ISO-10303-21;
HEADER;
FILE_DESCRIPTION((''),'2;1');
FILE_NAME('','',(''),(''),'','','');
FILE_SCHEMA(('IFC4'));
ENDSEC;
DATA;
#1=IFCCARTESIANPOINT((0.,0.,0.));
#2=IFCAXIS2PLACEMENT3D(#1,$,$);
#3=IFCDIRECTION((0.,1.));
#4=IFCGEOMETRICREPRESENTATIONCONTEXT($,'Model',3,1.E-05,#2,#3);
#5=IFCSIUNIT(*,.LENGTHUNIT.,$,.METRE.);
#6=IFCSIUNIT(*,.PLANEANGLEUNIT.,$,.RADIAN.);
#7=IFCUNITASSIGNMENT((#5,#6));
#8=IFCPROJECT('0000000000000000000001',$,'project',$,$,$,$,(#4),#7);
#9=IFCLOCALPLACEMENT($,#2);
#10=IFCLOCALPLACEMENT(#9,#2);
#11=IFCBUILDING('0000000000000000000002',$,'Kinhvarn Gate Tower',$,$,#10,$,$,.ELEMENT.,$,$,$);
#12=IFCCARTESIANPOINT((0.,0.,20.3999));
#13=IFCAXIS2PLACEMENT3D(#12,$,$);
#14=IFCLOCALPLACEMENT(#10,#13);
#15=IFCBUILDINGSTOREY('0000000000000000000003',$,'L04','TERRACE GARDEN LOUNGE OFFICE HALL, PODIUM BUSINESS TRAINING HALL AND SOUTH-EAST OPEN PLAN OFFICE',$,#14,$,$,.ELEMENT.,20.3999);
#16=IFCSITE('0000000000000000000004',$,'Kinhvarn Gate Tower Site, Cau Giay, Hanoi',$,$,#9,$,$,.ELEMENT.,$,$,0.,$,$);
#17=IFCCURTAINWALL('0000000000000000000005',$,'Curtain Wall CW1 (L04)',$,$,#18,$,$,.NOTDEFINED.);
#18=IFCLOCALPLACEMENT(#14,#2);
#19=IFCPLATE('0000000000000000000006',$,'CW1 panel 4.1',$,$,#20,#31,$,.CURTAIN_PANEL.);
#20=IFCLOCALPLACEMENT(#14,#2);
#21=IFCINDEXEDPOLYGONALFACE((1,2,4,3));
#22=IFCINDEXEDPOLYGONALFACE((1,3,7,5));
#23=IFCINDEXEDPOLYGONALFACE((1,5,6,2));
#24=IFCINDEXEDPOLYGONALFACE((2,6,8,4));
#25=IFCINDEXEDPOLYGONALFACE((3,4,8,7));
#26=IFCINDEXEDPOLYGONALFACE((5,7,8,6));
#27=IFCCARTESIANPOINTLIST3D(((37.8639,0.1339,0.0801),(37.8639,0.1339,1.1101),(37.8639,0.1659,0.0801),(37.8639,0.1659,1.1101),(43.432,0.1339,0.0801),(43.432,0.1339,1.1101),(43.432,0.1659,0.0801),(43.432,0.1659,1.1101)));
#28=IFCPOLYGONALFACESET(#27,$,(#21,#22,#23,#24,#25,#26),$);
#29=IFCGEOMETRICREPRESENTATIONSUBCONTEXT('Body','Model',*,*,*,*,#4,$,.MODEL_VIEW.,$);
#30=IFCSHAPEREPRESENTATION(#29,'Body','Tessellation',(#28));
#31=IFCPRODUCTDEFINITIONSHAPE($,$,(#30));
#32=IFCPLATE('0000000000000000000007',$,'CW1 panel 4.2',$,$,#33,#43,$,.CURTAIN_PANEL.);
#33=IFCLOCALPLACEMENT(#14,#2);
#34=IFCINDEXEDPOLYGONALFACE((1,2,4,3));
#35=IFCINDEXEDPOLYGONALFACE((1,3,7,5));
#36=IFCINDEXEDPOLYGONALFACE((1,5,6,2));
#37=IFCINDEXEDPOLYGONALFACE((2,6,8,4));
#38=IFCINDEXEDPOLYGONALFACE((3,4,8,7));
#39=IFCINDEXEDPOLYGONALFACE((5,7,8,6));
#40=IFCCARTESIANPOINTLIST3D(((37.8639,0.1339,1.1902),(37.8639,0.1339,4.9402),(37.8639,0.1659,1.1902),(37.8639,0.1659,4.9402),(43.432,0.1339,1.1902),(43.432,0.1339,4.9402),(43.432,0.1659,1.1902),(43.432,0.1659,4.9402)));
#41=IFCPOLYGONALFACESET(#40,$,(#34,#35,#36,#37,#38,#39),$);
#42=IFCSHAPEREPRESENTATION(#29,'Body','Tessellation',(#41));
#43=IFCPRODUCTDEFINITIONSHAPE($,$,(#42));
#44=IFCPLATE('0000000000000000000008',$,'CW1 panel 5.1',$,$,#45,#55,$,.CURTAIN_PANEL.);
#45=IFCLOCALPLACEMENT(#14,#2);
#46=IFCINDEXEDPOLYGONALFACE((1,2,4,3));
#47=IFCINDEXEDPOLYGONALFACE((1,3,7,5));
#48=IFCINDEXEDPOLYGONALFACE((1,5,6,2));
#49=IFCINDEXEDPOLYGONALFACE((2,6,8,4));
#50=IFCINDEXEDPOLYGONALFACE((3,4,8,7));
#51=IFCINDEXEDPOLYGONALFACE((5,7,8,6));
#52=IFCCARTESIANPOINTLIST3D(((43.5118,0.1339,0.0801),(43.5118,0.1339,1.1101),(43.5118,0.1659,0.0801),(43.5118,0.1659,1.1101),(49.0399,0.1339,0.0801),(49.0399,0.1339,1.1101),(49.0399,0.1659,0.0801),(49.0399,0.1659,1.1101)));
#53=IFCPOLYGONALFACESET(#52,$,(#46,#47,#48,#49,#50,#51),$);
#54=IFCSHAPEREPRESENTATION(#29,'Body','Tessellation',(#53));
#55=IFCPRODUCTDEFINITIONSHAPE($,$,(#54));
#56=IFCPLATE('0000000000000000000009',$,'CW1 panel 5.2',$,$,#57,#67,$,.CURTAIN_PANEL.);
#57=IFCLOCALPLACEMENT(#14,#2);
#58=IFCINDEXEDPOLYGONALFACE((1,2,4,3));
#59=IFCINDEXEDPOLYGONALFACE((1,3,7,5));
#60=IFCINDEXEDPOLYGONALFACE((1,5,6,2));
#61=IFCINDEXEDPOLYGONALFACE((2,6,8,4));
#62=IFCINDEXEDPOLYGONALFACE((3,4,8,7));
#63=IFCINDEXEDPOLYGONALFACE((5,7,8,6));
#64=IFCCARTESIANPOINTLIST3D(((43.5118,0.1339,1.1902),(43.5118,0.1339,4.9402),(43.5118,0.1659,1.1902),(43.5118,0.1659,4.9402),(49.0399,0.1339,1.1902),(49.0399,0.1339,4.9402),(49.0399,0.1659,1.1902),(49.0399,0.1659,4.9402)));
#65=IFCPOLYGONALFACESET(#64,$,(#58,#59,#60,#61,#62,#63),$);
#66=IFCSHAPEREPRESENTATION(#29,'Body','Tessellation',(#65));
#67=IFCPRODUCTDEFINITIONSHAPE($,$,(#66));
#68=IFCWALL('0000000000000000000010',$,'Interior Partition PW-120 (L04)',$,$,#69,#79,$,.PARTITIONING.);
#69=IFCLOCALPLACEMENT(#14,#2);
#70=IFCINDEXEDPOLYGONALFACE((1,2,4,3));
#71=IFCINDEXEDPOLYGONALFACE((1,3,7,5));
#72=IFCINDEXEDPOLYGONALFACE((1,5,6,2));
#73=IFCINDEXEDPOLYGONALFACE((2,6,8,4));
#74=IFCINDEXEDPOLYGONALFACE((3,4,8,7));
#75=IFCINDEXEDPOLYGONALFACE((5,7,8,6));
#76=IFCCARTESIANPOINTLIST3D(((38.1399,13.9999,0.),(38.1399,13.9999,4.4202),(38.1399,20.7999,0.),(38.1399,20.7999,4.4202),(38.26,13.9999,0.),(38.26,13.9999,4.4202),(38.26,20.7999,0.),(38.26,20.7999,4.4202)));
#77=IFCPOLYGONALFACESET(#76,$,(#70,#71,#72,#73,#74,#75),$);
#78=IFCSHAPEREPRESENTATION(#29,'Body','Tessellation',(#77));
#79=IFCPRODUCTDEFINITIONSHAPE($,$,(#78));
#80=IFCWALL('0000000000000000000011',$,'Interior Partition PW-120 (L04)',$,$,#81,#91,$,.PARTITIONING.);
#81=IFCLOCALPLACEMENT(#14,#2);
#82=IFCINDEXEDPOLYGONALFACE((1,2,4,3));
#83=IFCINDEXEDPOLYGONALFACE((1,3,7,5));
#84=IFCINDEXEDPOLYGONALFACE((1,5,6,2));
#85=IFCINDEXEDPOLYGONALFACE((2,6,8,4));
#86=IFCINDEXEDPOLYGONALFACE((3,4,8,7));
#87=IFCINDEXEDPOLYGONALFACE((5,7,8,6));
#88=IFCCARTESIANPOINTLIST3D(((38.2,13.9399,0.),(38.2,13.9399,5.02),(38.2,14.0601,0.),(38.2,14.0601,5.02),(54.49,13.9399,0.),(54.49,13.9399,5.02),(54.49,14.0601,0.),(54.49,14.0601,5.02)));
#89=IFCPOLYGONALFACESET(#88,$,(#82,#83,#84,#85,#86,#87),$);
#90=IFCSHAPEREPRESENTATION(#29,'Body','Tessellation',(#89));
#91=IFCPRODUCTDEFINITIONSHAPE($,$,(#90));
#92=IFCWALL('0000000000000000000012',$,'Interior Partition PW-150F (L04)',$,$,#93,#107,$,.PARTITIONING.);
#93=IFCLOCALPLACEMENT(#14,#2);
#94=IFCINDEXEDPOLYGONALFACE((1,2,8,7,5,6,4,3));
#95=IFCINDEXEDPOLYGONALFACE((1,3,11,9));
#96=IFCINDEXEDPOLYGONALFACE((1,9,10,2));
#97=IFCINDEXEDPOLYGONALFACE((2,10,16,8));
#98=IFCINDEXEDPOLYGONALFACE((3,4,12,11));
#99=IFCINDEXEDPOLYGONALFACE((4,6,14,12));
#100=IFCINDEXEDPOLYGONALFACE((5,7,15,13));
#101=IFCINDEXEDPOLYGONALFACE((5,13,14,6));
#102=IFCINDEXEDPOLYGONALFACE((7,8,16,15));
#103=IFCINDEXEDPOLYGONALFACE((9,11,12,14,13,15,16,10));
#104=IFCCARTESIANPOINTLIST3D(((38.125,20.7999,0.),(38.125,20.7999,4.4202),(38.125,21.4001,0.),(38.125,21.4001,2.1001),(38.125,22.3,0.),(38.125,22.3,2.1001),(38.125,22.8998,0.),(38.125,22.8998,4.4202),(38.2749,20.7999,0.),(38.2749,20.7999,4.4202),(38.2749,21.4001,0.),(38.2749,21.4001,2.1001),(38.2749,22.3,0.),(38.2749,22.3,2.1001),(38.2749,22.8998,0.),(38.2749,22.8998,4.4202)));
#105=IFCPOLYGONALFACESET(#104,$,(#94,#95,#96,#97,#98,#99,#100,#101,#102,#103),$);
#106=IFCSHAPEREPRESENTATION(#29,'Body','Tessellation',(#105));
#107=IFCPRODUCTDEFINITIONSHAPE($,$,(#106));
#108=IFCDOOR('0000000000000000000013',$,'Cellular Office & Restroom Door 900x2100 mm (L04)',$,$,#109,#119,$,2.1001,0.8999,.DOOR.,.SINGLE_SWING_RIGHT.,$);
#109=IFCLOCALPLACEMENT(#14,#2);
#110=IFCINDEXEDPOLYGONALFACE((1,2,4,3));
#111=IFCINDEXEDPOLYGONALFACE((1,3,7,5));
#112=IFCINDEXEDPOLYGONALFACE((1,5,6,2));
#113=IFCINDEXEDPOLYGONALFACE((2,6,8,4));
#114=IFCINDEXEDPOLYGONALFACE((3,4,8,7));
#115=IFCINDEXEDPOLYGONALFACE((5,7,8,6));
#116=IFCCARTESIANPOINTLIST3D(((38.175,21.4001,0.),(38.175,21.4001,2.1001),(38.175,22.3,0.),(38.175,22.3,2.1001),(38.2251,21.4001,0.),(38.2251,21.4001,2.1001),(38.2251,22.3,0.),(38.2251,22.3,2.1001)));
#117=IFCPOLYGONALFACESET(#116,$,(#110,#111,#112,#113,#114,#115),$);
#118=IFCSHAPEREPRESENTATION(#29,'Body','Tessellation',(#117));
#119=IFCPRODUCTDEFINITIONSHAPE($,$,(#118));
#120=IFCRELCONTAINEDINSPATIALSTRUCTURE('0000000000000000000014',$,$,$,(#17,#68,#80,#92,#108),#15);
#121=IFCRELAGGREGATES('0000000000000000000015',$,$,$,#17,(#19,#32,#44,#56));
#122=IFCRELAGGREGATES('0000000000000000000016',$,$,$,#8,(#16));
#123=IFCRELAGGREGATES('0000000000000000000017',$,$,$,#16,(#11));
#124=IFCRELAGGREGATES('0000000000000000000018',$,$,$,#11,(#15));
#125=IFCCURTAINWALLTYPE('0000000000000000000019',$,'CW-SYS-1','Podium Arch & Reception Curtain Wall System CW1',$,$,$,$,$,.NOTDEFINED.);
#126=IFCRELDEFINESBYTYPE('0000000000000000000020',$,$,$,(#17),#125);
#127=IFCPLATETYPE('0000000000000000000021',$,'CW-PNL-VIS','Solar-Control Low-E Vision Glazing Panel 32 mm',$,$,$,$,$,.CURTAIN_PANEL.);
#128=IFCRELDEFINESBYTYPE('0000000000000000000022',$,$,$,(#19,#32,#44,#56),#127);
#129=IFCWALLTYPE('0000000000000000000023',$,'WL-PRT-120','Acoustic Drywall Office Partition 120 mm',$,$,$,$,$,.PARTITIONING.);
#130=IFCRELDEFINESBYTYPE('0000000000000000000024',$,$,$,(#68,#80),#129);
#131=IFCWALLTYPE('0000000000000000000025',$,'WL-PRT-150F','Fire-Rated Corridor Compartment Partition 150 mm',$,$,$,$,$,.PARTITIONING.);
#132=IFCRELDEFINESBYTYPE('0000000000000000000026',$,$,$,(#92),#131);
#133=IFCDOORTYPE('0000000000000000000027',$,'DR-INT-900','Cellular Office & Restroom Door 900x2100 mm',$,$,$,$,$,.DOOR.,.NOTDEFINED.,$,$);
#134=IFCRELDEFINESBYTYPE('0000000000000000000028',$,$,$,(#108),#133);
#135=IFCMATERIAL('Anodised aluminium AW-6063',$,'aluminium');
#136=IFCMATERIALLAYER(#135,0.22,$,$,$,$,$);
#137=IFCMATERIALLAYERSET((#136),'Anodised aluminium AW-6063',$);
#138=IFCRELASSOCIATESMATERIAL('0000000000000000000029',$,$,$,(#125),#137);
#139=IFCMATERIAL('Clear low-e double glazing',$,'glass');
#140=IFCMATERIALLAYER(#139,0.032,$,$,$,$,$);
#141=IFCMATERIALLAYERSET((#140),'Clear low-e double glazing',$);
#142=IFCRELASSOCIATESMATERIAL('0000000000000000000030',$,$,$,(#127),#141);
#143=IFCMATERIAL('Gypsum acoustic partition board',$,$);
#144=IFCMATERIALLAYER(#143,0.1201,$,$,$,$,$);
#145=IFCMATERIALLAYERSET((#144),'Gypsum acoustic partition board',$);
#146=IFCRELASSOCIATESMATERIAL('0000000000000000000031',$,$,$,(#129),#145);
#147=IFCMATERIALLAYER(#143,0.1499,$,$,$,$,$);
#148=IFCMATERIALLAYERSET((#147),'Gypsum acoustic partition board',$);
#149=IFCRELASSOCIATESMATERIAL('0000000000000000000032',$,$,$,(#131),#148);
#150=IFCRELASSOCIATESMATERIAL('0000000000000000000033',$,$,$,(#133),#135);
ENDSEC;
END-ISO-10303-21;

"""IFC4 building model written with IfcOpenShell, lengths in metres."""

from ifc_helpers import new_model, si_unit, direction, frame, frame_2d, origin, origin_2d, place, context, subcontext, project, spatial, rectangle, extrude, material, layer, layer_set, type_object, element, fill, aggregate, save


model = new_model("IFC4")

# Units and contexts
model_context = context("Model", 3, precision=1e-05, world=origin(), true_north=direction((0.0, 1.0)))
body_context = subcontext(model_context, "Body", "Model", "MODEL_VIEW")
ifc_project = project(units=[si_unit("LENGTHUNIT", "METRE"), si_unit("PLANEANGLEUNIT", "RADIAN")], contexts=[model_context])

# Site, building, storey
site_placement = place(None, origin())
site = spatial("IfcSite", under=ifc_project, at=site_placement, Name="Kinhvarn Gate Tower Site, Cau Giay, Hanoi", CompositionType="ELEMENT", RefElevation=0.0)
building_placement = place(site_placement, origin())
building = spatial("IfcBuilding", under=site, at=building_placement, Name="Kinhvarn Gate Tower", CompositionType="ELEMENT")
storey_placement = place(building_placement, frame((0.0, 0.0, 20.3999)))
storey = spatial("IfcBuildingStorey", under=building, at=storey_placement, Name="L04", Description="TERRACE GARDEN LOUNGE OFFICE HALL, PODIUM BUSINESS TRAINING HALL AND SOUTH-EAST OPEN PLAN OFFICE", CompositionType="ELEMENT", Elevation=20.3999)

# Curtain wall
ifc_material_1 = material(Name="Anodised aluminium AW-6063", Category="aluminium")
ifc_layer_1 = layer(ifc_material_1, 0.22)
ifc_layer_set_1 = layer_set([ifc_layer_1], Name="Anodised aluminium AW-6063")
curtain_wall_type = type_object("IfcCurtainWallType", Name="CW-SYS-1", Description="Podium Arch & Reception Curtain Wall System CW1", PredefinedType="NOTDEFINED", material=ifc_layer_set_1)
curtain_wall_placement = place(storey_placement, origin())
curtain_wall = element("IfcCurtainWall", 1, at=curtain_wall_placement, inside=storey, type_object=curtain_wall_type, Name="Curtain Wall CW1 (L04)", PredefinedType="NOTDEFINED")

# Plates
ifc_material_2 = material(Name="Clear low-e double glazing", Category="glass")
ifc_layer_2 = layer(ifc_material_2, 0.032)
ifc_layer_set_2 = layer_set([ifc_layer_2], Name="Clear low-e double glazing")
plate_type = type_object("IfcPlateType", Name="CW-PNL-VIS", Description="Solar-Control Low-E Vision Glazing Panel 32 mm", PredefinedType="CURTAIN_PANEL", material=ifc_layer_set_2)
plate_1_placement = place(storey_placement, frame((40.6479, 0.1499, 0.0801), z_axis=(0.0, 0.0, 1.0), x_axis=(1.0, 0.0, 0.0)))
plate_1 = element("IfcPlate", 2, at=plate_1_placement, type_object=plate_type, Name="CW1 panel 4.1", PredefinedType="CURTAIN_PANEL", context=body_context, shape_type="SweptSolid", body=[
    extrude(rectangle(XDim=5.5681, YDim=0.032, at=origin_2d()), origin(), (0.0, 0.0, 1.0), 1.03),
])
plate_2_placement = place(storey_placement, frame((40.6479, 0.1499, 1.1902), z_axis=(0.0, 0.0, 1.0), x_axis=(1.0, 0.0, 0.0)))
plate_2 = element("IfcPlate", 3, at=plate_2_placement, type_object=plate_type, Name="CW1 panel 4.2", PredefinedType="CURTAIN_PANEL", context=body_context, shape_type="SweptSolid", body=[
    extrude(rectangle(XDim=5.5681, YDim=0.032, at=origin_2d()), origin(), (0.0, 0.0, 1.0), 3.75),
])
plate_3_placement = place(storey_placement, frame((46.2759, 0.1499, 0.0801), z_axis=(0.0, 0.0, 1.0), x_axis=(1.0, 0.0, 0.0)))
plate_3 = element("IfcPlate", 4, at=plate_3_placement, type_object=plate_type, Name="CW1 panel 5.1", PredefinedType="CURTAIN_PANEL", context=body_context, shape_type="SweptSolid", body=[
    extrude(rectangle(XDim=5.5281, YDim=0.032, at=origin_2d()), origin(), (0.0, 0.0, 1.0), 1.03),
])
plate_4_placement = place(storey_placement, frame((46.2759, 0.1499, 1.1902), z_axis=(0.0, 0.0, 1.0), x_axis=(1.0, 0.0, 0.0)))
plate_4 = element("IfcPlate", 5, at=plate_4_placement, type_object=plate_type, Name="CW1 panel 5.2", PredefinedType="CURTAIN_PANEL", context=body_context, shape_type="SweptSolid", body=[
    extrude(rectangle(XDim=5.5281, YDim=0.032, at=origin_2d()), origin(), (0.0, 0.0, 1.0), 3.75),
])
aggregate(curtain_wall, [plate_1, plate_2, plate_3, plate_4])

# Walls
ifc_material_3 = material(Name="Gypsum acoustic partition board")
ifc_layer_3 = layer(ifc_material_3, 0.1201)
ifc_layer_set_3 = layer_set([ifc_layer_3], Name="Gypsum acoustic partition board")
wall_type_1 = type_object("IfcWallType", Name="WL-PRT-120", Description="Acoustic Drywall Office Partition 120 mm", PredefinedType="PARTITIONING", material=ifc_layer_set_3)
wall_1_placement = place(storey_placement, frame((38.2, 14.0, 0.0), z_axis=(0.0, 0.0, 1.0), x_axis=(0.0, 1.0, 0.0)))
element("IfcWall", 6, at=wall_1_placement, inside=storey, type_object=wall_type_1, Name="Interior Partition PW-120 (L04)", PredefinedType="PARTITIONING", context=body_context, shape_type="SweptSolid", body=[
    extrude(rectangle(XDim=6.8, YDim=0.1201, at=frame_2d((3.3999, 0.0))), origin(), (0.0, 0.0, 1.0), 4.4202),
])
wall_2_placement = place(storey_placement, frame((38.2, 14.0, 0.0), z_axis=(0.0, 0.0, 1.0), x_axis=(1.0, 0.0, 0.0)))
element("IfcWall", 7, at=wall_2_placement, inside=storey, type_object=wall_type_1, Name="Interior Partition PW-120 (L04)", PredefinedType="PARTITIONING", context=body_context, shape_type="SweptSolid", body=[
    extrude(rectangle(XDim=16.29, YDim=0.1201, at=frame_2d((8.145, 0.0))), origin(), (0.0, 0.0, 1.0), 5.02),
])

# Wall, opening, door
ifc_layer_4 = layer(ifc_material_3, 0.1499)
ifc_layer_set_4 = layer_set([ifc_layer_4], Name="Gypsum acoustic partition board")
wall_type_2 = type_object("IfcWallType", Name="WL-PRT-150F", Description="Fire-Rated Corridor Compartment Partition 150 mm", PredefinedType="PARTITIONING", material=ifc_layer_set_4)
wall_3_placement = place(storey_placement, frame((38.2, 20.8, 0.0), z_axis=(0.0, 0.0, 1.0), x_axis=(0.0, 1.0, 0.0)))
wall_3 = element("IfcWall", 8, at=wall_3_placement, inside=storey, type_object=wall_type_2, Name="Interior Partition PW-150F (L04)", PredefinedType="PARTITIONING", context=body_context, shape_type="SweptSolid", body=[
    extrude(rectangle(XDim=2.0999, YDim=0.1499, at=frame_2d((1.0498, 0.0))), origin(), (0.0, 0.0, 1.0), 4.4202),
])
opening_placement = place(wall_3_placement, frame((0.6001, 0.0, 0.0)))
opening = element("IfcOpeningElement", 9, at=opening_placement, cuts=wall_3, PredefinedType="OPENING", context=body_context, shape_type="SweptSolid", body=[
    extrude(rectangle(XDim=0.8999, YDim=2.1001, at=frame_2d((0.45, 1.05))), frame((0.0, 0.085, 0.0), z_axis=(0.0, -1.0, 0.0), x_axis=(1.0, 0.0, 0.0)), (0.0, 0.0, 1.0), 0.1699),
])
door_type = type_object("IfcDoorType", Name="DR-INT-900", Description="Cellular Office & Restroom Door 900x2100 mm", OperationType="NOTDEFINED", PredefinedType="DOOR", material=ifc_material_1)
door_placement = place(opening_placement, origin())
door = element("IfcDoor", 10, at=door_placement, inside=storey, type_object=door_type, Name="Cellular Office & Restroom Door 900x2100 mm (L04)", OperationType="SINGLE_SWING_RIGHT", OverallHeight=2.1001, OverallWidth=0.8999, PredefinedType="DOOR", context=body_context, shape_type="SweptSolid", body=[
    extrude(rectangle(XDim=0.8999, YDim=2.1001, at=frame_2d((0.45, 1.05))), frame((0.0, 0.0249, 0.0), z_axis=(0.0, -1.0, 0.0), x_axis=(1.0, 0.0, 0.0)), (0.0, 0.0, 1.0), 0.05),
])
fill(opening, door)

save(model, "model.ifc")
